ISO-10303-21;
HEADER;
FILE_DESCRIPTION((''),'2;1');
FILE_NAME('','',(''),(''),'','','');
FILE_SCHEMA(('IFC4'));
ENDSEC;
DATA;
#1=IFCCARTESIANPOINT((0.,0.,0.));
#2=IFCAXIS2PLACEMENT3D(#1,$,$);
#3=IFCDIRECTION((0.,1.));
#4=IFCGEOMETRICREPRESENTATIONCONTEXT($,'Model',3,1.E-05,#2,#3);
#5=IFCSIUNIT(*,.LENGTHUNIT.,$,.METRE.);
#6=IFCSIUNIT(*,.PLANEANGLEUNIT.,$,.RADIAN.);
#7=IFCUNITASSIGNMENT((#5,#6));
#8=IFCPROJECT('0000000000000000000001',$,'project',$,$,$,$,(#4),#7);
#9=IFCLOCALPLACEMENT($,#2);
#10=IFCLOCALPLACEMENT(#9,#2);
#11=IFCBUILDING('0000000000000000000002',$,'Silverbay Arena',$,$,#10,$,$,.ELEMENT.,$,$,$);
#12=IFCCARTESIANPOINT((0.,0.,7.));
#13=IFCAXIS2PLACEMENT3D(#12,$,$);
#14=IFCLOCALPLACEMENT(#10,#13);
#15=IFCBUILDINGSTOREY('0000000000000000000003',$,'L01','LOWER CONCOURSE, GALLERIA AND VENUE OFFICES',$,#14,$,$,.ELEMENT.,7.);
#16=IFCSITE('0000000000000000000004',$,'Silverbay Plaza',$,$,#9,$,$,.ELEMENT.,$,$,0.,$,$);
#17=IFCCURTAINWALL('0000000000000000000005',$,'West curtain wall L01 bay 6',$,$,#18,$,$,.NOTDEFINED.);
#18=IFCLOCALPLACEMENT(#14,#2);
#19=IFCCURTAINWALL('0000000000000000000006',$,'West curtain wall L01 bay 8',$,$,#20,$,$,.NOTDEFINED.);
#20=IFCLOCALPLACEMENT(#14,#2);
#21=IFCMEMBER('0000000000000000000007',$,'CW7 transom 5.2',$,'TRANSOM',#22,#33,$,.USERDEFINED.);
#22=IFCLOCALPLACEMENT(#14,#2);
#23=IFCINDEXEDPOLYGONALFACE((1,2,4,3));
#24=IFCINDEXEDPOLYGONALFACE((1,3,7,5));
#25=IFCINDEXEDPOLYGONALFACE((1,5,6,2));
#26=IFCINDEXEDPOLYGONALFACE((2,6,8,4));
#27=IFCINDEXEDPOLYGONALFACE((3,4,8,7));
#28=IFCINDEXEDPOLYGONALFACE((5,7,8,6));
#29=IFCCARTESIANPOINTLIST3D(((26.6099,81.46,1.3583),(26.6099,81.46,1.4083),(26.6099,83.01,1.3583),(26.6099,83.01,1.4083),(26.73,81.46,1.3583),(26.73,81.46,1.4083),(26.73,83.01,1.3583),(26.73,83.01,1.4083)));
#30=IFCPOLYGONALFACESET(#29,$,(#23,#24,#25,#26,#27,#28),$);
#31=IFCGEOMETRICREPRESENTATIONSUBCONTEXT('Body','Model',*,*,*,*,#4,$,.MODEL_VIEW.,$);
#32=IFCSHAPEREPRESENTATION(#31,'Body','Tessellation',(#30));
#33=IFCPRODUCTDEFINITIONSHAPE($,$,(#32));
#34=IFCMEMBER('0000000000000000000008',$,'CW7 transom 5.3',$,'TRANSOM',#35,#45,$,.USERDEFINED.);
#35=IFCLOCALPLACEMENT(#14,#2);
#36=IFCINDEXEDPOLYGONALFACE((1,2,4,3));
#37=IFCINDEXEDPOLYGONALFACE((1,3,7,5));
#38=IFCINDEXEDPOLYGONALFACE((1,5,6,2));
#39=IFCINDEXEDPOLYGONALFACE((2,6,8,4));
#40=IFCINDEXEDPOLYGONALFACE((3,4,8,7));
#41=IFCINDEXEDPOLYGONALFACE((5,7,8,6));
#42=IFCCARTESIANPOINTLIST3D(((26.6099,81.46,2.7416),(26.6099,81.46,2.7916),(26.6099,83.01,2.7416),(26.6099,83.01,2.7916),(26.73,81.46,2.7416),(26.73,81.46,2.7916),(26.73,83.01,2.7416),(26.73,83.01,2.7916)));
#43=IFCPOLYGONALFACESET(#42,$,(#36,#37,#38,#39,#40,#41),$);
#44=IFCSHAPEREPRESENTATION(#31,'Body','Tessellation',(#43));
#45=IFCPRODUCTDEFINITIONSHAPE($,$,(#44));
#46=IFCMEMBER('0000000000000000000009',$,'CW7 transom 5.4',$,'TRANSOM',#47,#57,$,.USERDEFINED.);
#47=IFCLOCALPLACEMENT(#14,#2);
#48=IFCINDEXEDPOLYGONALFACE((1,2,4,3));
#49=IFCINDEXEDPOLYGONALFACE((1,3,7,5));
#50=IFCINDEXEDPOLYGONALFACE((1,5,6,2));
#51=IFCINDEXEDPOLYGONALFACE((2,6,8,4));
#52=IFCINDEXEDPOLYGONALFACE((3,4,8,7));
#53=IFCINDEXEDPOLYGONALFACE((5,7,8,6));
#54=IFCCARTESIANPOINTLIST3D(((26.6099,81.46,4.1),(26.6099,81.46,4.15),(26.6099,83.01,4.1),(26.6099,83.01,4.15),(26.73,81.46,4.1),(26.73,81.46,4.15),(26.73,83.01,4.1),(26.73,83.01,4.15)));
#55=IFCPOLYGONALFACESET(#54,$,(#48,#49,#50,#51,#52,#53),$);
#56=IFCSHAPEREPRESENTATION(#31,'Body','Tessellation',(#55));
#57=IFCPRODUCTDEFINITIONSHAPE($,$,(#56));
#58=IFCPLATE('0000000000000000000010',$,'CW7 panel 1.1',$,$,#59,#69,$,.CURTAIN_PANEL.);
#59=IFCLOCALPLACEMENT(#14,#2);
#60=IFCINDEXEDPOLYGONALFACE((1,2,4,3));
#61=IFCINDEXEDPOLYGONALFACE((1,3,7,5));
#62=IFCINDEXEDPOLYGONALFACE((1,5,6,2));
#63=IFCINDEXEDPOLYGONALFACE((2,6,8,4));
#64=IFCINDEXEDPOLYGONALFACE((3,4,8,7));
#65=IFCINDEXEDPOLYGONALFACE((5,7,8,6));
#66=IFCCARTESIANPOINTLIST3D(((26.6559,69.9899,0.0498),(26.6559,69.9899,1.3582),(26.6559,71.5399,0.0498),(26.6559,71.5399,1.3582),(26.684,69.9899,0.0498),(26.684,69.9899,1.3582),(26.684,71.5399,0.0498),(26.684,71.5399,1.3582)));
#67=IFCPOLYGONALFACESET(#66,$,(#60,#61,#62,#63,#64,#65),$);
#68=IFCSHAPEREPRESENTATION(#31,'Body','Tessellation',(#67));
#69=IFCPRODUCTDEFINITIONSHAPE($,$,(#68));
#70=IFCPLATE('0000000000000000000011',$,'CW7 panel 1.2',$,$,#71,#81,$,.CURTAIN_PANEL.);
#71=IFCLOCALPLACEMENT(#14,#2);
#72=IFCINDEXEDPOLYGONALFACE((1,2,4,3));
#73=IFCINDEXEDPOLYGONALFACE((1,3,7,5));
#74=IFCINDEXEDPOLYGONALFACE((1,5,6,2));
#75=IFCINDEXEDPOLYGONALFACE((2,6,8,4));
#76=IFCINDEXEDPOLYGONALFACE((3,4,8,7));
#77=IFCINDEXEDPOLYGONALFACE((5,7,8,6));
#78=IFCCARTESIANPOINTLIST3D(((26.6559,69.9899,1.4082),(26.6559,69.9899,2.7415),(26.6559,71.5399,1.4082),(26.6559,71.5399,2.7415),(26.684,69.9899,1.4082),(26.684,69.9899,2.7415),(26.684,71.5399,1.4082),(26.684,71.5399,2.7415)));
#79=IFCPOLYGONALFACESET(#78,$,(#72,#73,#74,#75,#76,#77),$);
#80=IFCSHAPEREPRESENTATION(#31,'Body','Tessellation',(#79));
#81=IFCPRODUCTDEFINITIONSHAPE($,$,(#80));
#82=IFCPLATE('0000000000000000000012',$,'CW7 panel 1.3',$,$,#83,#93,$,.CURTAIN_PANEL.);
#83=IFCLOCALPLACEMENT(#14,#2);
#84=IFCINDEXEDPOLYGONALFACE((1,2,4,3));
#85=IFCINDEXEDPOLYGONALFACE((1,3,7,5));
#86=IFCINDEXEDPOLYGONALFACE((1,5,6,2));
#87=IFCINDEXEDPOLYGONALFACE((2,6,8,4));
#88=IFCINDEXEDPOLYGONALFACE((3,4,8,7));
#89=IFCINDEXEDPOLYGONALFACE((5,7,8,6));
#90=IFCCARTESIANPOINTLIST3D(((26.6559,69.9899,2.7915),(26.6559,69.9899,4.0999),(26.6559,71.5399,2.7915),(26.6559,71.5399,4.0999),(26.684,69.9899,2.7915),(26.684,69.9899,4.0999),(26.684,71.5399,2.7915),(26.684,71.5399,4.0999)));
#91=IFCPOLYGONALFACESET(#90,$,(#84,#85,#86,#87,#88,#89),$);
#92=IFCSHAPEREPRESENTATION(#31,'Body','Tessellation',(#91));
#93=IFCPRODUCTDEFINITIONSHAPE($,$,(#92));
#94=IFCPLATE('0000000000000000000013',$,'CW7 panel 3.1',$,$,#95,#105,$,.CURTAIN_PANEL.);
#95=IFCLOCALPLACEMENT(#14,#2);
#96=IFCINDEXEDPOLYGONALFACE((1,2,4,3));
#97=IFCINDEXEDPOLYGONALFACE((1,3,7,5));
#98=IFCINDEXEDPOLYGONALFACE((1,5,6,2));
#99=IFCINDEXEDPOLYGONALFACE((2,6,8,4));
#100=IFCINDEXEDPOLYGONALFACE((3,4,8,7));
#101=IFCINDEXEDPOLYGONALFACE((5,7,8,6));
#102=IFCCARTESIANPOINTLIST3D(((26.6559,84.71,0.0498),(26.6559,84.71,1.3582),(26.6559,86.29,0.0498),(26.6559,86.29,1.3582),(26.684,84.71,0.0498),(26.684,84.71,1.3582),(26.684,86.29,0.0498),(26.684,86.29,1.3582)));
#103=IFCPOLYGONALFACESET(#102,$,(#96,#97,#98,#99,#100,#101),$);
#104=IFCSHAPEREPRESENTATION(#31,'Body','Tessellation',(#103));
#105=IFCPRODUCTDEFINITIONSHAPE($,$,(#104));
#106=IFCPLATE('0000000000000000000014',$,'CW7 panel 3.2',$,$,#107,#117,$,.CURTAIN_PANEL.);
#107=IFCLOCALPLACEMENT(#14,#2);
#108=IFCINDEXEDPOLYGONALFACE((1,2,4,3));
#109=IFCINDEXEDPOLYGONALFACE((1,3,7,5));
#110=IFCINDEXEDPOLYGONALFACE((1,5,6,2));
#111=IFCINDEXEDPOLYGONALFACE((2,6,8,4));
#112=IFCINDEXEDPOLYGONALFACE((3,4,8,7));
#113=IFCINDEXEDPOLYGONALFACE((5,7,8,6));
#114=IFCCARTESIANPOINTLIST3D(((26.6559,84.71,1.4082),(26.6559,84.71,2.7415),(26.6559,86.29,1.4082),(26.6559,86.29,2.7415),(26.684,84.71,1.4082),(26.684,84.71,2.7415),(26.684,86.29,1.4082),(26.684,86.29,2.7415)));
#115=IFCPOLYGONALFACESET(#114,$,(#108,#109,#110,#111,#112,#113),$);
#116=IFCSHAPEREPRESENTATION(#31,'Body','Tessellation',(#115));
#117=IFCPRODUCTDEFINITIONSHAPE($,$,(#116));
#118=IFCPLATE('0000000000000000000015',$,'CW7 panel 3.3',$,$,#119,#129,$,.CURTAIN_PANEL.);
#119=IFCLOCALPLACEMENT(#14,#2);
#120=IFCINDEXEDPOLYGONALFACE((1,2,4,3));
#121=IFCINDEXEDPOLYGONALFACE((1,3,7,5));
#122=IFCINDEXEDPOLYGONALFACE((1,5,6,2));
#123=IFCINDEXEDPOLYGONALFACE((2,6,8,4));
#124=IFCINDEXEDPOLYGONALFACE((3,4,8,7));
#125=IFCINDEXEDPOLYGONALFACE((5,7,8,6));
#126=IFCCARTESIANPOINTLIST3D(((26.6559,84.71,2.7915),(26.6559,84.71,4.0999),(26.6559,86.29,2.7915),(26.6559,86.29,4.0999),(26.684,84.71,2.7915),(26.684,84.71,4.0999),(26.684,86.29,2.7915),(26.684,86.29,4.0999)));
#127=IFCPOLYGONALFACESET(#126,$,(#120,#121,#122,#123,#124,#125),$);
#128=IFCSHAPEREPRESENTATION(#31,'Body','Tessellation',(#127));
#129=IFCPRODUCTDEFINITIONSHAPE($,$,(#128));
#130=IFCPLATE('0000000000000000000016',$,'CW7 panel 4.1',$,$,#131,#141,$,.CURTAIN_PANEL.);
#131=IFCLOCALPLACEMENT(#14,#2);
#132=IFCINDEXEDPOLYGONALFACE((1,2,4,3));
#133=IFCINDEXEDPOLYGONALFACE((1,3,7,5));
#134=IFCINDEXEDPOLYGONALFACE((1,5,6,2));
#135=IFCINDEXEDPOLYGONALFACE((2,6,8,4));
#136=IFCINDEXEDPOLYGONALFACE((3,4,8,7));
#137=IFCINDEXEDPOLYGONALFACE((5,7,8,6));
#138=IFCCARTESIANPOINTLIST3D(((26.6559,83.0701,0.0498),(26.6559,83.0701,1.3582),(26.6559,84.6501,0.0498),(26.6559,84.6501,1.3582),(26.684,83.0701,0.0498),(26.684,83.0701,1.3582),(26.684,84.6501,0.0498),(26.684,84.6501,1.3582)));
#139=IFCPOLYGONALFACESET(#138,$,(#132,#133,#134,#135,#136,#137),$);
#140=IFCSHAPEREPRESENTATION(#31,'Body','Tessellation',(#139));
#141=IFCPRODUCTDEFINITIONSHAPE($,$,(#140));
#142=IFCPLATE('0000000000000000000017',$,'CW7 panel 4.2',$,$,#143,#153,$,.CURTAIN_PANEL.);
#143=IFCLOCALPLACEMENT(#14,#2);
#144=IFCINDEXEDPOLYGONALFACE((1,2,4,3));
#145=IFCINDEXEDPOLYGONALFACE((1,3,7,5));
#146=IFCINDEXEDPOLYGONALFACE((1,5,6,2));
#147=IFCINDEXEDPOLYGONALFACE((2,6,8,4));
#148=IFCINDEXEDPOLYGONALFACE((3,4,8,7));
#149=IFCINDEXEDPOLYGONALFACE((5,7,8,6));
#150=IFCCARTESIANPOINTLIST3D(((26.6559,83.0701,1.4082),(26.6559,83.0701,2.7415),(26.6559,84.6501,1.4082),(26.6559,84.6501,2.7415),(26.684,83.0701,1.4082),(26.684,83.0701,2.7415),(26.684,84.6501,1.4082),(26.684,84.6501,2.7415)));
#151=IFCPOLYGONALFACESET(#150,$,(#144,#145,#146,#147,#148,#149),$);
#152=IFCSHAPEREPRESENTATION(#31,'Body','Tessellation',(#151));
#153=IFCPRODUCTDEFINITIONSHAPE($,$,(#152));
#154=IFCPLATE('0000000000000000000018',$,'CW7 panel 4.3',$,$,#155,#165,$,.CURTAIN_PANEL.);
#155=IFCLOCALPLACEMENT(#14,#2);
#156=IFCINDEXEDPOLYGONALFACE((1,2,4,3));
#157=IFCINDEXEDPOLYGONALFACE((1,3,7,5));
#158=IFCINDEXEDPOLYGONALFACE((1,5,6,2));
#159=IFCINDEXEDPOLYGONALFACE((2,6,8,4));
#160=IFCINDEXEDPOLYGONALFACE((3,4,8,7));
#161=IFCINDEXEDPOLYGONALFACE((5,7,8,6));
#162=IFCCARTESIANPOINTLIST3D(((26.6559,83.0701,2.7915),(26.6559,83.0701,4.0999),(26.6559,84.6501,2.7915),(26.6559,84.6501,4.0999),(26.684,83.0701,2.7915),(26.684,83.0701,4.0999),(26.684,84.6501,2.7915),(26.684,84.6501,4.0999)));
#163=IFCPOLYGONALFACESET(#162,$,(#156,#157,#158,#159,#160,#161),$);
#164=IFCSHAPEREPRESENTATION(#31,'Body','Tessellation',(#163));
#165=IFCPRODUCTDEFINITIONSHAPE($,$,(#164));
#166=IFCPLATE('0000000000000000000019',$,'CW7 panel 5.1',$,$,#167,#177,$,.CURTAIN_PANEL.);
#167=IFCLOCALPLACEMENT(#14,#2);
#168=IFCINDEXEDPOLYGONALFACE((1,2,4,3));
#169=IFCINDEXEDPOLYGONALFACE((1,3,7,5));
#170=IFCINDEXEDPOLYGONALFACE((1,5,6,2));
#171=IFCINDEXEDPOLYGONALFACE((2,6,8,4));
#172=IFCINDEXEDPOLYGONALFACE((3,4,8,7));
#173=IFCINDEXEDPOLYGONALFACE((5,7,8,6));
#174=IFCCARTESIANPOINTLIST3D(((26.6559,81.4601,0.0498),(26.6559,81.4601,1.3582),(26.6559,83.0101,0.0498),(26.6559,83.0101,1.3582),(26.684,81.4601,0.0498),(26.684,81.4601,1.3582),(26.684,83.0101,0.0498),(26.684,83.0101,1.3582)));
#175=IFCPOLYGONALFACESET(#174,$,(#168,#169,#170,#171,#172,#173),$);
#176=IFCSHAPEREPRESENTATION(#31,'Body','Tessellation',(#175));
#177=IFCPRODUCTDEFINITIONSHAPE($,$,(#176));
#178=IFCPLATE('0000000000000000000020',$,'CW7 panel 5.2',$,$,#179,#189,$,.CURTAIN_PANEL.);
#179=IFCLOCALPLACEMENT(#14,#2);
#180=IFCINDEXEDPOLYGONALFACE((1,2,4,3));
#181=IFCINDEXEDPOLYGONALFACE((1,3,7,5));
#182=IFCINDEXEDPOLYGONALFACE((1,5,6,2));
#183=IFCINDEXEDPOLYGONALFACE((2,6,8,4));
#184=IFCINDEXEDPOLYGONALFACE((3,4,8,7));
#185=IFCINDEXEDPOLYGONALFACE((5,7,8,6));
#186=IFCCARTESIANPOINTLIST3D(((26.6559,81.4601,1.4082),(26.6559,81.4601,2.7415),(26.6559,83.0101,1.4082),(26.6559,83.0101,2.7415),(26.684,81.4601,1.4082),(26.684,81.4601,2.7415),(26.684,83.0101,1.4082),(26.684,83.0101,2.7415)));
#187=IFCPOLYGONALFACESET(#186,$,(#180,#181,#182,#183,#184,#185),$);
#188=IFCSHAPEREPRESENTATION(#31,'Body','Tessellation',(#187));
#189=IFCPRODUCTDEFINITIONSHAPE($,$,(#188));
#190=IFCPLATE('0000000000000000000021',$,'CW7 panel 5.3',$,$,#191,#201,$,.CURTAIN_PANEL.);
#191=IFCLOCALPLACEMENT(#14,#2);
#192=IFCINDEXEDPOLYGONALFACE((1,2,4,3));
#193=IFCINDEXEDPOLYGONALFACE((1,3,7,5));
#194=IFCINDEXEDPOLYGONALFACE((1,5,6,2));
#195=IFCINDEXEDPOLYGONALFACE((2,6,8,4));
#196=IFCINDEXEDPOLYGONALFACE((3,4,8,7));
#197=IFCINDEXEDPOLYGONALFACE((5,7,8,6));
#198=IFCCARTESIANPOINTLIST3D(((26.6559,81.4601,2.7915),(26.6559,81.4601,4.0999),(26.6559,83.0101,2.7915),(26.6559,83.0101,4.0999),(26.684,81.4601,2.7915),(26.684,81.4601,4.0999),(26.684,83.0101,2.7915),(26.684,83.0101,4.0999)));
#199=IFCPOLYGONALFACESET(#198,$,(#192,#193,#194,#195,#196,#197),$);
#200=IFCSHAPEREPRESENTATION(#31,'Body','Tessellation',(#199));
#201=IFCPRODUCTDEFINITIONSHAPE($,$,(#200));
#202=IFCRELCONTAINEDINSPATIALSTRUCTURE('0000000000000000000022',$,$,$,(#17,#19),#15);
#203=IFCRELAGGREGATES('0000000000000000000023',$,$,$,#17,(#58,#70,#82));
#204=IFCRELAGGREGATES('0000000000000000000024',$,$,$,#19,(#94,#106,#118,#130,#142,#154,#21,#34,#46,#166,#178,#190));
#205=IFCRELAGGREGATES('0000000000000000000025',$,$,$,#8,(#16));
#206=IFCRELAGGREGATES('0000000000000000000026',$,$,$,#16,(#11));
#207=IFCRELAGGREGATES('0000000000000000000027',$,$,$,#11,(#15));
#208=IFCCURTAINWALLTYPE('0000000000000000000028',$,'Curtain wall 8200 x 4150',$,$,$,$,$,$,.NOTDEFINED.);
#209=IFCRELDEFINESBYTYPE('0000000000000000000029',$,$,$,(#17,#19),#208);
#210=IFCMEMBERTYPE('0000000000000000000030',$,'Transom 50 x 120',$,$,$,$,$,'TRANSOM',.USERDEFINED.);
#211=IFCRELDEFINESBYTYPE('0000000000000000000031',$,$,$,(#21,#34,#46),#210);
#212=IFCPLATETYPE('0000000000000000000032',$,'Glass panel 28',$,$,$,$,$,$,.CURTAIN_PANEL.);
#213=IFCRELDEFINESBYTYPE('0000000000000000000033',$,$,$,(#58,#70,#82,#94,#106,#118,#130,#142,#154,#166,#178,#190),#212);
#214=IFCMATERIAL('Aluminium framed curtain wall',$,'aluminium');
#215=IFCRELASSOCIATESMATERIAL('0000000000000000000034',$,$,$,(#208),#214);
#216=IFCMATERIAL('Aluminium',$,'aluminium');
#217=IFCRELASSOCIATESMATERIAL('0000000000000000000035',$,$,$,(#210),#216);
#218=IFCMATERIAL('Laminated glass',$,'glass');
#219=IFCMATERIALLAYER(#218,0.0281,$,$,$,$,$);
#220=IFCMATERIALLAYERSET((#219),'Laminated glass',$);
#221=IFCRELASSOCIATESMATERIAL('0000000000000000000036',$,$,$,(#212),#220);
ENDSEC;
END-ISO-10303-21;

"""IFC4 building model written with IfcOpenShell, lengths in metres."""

from ifc_helpers import new_model, si_unit, direction, frame, origin, origin_2d, place, context, subcontext, project, spatial, rectangle, extrude, material, layer, layer_set, material_profile, profile_set, type_object, element, aggregate, save


model = new_model("IFC4")

# Units and contexts
model_context = context("Model", 3, precision=1e-05, world=origin(), true_north=direction((0.0, 1.0)))
body_context = subcontext(model_context, "Body", "Model", "MODEL_VIEW")
ifc_project = project(units=[si_unit("LENGTHUNIT", "METRE"), si_unit("PLANEANGLEUNIT", "RADIAN")], contexts=[model_context])

# Site, building, storey
site_placement = place(None, origin())
site = spatial("IfcSite", under=ifc_project, at=site_placement, Name="Silverbay Plaza", CompositionType="ELEMENT", RefElevation=0.0)
building_placement = place(site_placement, origin())
building = spatial("IfcBuilding", under=site, at=building_placement, Name="Silverbay Arena", CompositionType="ELEMENT")
storey_placement = place(building_placement, frame((0.0, 0.0, 7.0)))
storey = spatial("IfcBuildingStorey", under=building, at=storey_placement, Name="L01", Description="LOWER CONCOURSE, GALLERIA AND VENUE OFFICES", CompositionType="ELEMENT", Elevation=7.0)

# Curtain walls
ifc_material_1 = material(Name="Aluminium framed curtain wall", Category="aluminium")
curtain_wall_type = type_object("IfcCurtainWallType", Name="Curtain wall 8200 x 4150", PredefinedType="NOTDEFINED", material=ifc_material_1)
curtain_wall_1_placement = place(storey_placement, origin())
curtain_wall_1 = element("IfcCurtainWall", 1, at=curtain_wall_1_placement, inside=storey, type_object=curtain_wall_type, Name="West curtain wall L01 bay 6", PredefinedType="NOTDEFINED")
curtain_wall_2_placement = place(storey_placement, origin())
curtain_wall_2 = element("IfcCurtainWall", 2, at=curtain_wall_2_placement, inside=storey, type_object=curtain_wall_type, Name="West curtain wall L01 bay 8", PredefinedType="NOTDEFINED")

# Members
ifc_material_2 = material(Name="Aluminium", Category="aluminium")
ifc_material_profile_1 = material_profile(ifc_material_2, rectangle(XDim=0.1201, YDim=0.05, at=origin_2d()), Name="Transom 50 x 120")
ifc_profile_set_1 = profile_set([ifc_material_profile_1], Name="Aluminium")
member_type_1 = type_object("IfcMemberType", Name="Transom 50 x 120", ElementType="TRANSOM", PredefinedType="USERDEFINED", material=ifc_profile_set_1)
member_1_placement = place(storey_placement, frame((26.6699, 83.01, 1.3833), z_axis=(0.0, -1.0, 0.0), x_axis=(1.0, 0.0, 0.0)))
member_1 = element("IfcMember", 3, at=member_1_placement, type_object=member_type_1, Name="CW7 transom 5.2", ObjectType="TRANSOM", PredefinedType="USERDEFINED", context=body_context, shape_type="SweptSolid", body=[
    extrude(rectangle(XDim=0.1201, YDim=0.05, at=origin_2d()), origin(), (0.0, 0.0, 1.0), 1.55),
])
member_2_placement = place(storey_placement, frame((26.6699, 83.01, 2.7666), z_axis=(0.0, -1.0, 0.0), x_axis=(1.0, 0.0, 0.0)))
member_2 = element("IfcMember", 4, at=member_2_placement, type_object=member_type_1, Name="CW7 transom 5.3", ObjectType="TRANSOM", PredefinedType="USERDEFINED", context=body_context, shape_type="SweptSolid", body=[
    extrude(rectangle(XDim=0.1201, YDim=0.05, at=origin_2d()), origin(), (0.0, 0.0, 1.0), 1.55),
])
member_3_placement = place(storey_placement, frame((26.6699, 83.01, 4.125), z_axis=(0.0, -1.0, 0.0), x_axis=(1.0, 0.0, 0.0)))
member_3 = element("IfcMember", 5, at=member_3_placement, type_object=member_type_1, Name="CW7 transom 5.4", ObjectType="TRANSOM", PredefinedType="USERDEFINED", context=body_context, shape_type="SweptSolid", body=[
    extrude(rectangle(XDim=0.1201, YDim=0.05, at=origin_2d()), origin(), (0.0, 0.0, 1.0), 1.55),
])

# Plates
ifc_material_3 = material(Name="Laminated glass", Category="glass")
ifc_layer = layer(ifc_material_3, 0.0281)
ifc_layer_set = layer_set([ifc_layer], Name="Laminated glass")
plate_type = type_object("IfcPlateType", Name="Glass panel 28", PredefinedType="CURTAIN_PANEL", material=ifc_layer_set)
plate_1_placement = place(storey_placement, frame((26.6699, 70.7649, 0.0498), z_axis=(0.0, 0.0, 1.0), x_axis=(0.0, -1.0, 0.0)))
plate_1 = element("IfcPlate", 6, at=plate_1_placement, type_object=plate_type, Name="CW7 panel 1.1", PredefinedType="CURTAIN_PANEL", context=body_context, shape_type="SweptSolid", body=[
    extrude(rectangle(XDim=1.55, YDim=0.0281, at=origin_2d()), origin(), (0.0, 0.0, 1.0), 1.3083),
])
plate_2_placement = place(storey_placement, frame((26.6699, 70.7649, 1.4082), z_axis=(0.0, 0.0, 1.0), x_axis=(0.0, -1.0, 0.0)))
plate_2 = element("IfcPlate", 7, at=plate_2_placement, type_object=plate_type, Name="CW7 panel 1.2", PredefinedType="CURTAIN_PANEL", context=body_context, shape_type="SweptSolid", body=[
    extrude(rectangle(XDim=1.55, YDim=0.0281, at=origin_2d()), origin(), (0.0, 0.0, 1.0), 1.3333),
])
plate_3_placement = place(storey_placement, frame((26.6699, 70.7649, 2.7915), z_axis=(0.0, 0.0, 1.0), x_axis=(0.0, -1.0, 0.0)))
plate_3 = element("IfcPlate", 8, at=plate_3_placement, type_object=plate_type, Name="CW7 panel 1.3", PredefinedType="CURTAIN_PANEL", context=body_context, shape_type="SweptSolid", body=[
    extrude(rectangle(XDim=1.55, YDim=0.0281, at=origin_2d()), origin(), (0.0, 0.0, 1.0), 1.3083),
])
aggregate(curtain_wall_1, [plate_1, plate_2, plate_3])
plate_4_placement = place(storey_placement, frame((26.6699, 85.5, 0.0498), z_axis=(0.0, 0.0, 1.0), x_axis=(0.0, -1.0, 0.0)))
plate_4 = element("IfcPlate", 9, at=plate_4_placement, type_object=plate_type, Name="CW7 panel 3.1", PredefinedType="CURTAIN_PANEL", context=body_context, shape_type="SweptSolid", body=[
    extrude(rectangle(XDim=1.5801, YDim=0.0281, at=origin_2d()), origin(), (0.0, 0.0, 1.0), 1.3083),
])
plate_5_placement = place(storey_placement, frame((26.6699, 85.5, 1.4082), z_axis=(0.0, 0.0, 1.0), x_axis=(0.0, -1.0, 0.0)))
plate_5 = element("IfcPlate", 10, at=plate_5_placement, type_object=plate_type, Name="CW7 panel 3.2", PredefinedType="CURTAIN_PANEL", context=body_context, shape_type="SweptSolid", body=[
    extrude(rectangle(XDim=1.5801, YDim=0.0281, at=origin_2d()), origin(), (0.0, 0.0, 1.0), 1.3333),
])
plate_6_placement = place(storey_placement, frame((26.6699, 85.5, 2.7915), z_axis=(0.0, 0.0, 1.0), x_axis=(0.0, -1.0, 0.0)))
plate_6 = element("IfcPlate", 11, at=plate_6_placement, type_object=plate_type, Name="CW7 panel 3.3", PredefinedType="CURTAIN_PANEL", context=body_context, shape_type="SweptSolid", body=[
    extrude(rectangle(XDim=1.5801, YDim=0.0281, at=origin_2d()), origin(), (0.0, 0.0, 1.0), 1.3083),
])
plate_7_placement = place(storey_placement, frame((26.6699, 83.8601, 0.0498), z_axis=(0.0, 0.0, 1.0), x_axis=(0.0, -1.0, 0.0)))
plate_7 = element("IfcPlate", 12, at=plate_7_placement, type_object=plate_type, Name="CW7 panel 4.1", PredefinedType="CURTAIN_PANEL", context=body_context, shape_type="SweptSolid", body=[
    extrude(rectangle(XDim=1.5801, YDim=0.0281, at=origin_2d()), origin(), (0.0, 0.0, 1.0), 1.3083),
])
plate_8_placement = place(storey_placement, frame((26.6699, 83.8601, 1.4082), z_axis=(0.0, 0.0, 1.0), x_axis=(0.0, -1.0, 0.0)))
plate_8 = element("IfcPlate", 13, at=plate_8_placement, type_object=plate_type, Name="CW7 panel 4.2", PredefinedType="CURTAIN_PANEL", context=body_context, shape_type="SweptSolid", body=[
    extrude(rectangle(XDim=1.5801, YDim=0.0281, at=origin_2d()), origin(), (0.0, 0.0, 1.0), 1.3333),
])
plate_9_placement = place(storey_placement, frame((26.6699, 83.8601, 2.7915), z_axis=(0.0, 0.0, 1.0), x_axis=(0.0, -1.0, 0.0)))
plate_9 = element("IfcPlate", 14, at=plate_9_placement, type_object=plate_type, Name="CW7 panel 4.3", PredefinedType="CURTAIN_PANEL", context=body_context, shape_type="SweptSolid", body=[
    extrude(rectangle(XDim=1.5801, YDim=0.0281, at=origin_2d()), origin(), (0.0, 0.0, 1.0), 1.3083),
])
plate_10_placement = place(storey_placement, frame((26.6699, 82.2351, 0.0498), z_axis=(0.0, 0.0, 1.0), x_axis=(0.0, -1.0, 0.0)))
plate_10 = element("IfcPlate", 15, at=plate_10_placement, type_object=plate_type, Name="CW7 panel 5.1", PredefinedType="CURTAIN_PANEL", context=body_context, shape_type="SweptSolid", body=[
    extrude(rectangle(XDim=1.55, YDim=0.0281, at=origin_2d()), origin(), (0.0, 0.0, 1.0), 1.3083),
])
plate_11_placement = place(storey_placement, frame((26.6699, 82.2351, 1.4082), z_axis=(0.0, 0.0, 1.0), x_axis=(0.0, -1.0, 0.0)))
plate_11 = element("IfcPlate", 16, at=plate_11_placement, type_object=plate_type, Name="CW7 panel 5.2", PredefinedType="CURTAIN_PANEL", context=body_context, shape_type="SweptSolid", body=[
    extrude(rectangle(XDim=1.55, YDim=0.0281, at=origin_2d()), origin(), (0.0, 0.0, 1.0), 1.3333),
])
plate_12_placement = place(storey_placement, frame((26.6699, 82.2351, 2.7915), z_axis=(0.0, 0.0, 1.0), x_axis=(0.0, -1.0, 0.0)))
plate_12 = element("IfcPlate", 17, at=plate_12_placement, type_object=plate_type, Name="CW7 panel 5.3", PredefinedType="CURTAIN_PANEL", context=body_context, shape_type="SweptSolid", body=[
    extrude(rectangle(XDim=1.55, YDim=0.0281, at=origin_2d()), origin(), (0.0, 0.0, 1.0), 1.3083),
])
aggregate(curtain_wall_2, [plate_4, plate_5, plate_6, plate_7, plate_8, plate_9, member_1, member_2, member_3, plate_10, plate_11, plate_12])

save(model, "model.ifc")
